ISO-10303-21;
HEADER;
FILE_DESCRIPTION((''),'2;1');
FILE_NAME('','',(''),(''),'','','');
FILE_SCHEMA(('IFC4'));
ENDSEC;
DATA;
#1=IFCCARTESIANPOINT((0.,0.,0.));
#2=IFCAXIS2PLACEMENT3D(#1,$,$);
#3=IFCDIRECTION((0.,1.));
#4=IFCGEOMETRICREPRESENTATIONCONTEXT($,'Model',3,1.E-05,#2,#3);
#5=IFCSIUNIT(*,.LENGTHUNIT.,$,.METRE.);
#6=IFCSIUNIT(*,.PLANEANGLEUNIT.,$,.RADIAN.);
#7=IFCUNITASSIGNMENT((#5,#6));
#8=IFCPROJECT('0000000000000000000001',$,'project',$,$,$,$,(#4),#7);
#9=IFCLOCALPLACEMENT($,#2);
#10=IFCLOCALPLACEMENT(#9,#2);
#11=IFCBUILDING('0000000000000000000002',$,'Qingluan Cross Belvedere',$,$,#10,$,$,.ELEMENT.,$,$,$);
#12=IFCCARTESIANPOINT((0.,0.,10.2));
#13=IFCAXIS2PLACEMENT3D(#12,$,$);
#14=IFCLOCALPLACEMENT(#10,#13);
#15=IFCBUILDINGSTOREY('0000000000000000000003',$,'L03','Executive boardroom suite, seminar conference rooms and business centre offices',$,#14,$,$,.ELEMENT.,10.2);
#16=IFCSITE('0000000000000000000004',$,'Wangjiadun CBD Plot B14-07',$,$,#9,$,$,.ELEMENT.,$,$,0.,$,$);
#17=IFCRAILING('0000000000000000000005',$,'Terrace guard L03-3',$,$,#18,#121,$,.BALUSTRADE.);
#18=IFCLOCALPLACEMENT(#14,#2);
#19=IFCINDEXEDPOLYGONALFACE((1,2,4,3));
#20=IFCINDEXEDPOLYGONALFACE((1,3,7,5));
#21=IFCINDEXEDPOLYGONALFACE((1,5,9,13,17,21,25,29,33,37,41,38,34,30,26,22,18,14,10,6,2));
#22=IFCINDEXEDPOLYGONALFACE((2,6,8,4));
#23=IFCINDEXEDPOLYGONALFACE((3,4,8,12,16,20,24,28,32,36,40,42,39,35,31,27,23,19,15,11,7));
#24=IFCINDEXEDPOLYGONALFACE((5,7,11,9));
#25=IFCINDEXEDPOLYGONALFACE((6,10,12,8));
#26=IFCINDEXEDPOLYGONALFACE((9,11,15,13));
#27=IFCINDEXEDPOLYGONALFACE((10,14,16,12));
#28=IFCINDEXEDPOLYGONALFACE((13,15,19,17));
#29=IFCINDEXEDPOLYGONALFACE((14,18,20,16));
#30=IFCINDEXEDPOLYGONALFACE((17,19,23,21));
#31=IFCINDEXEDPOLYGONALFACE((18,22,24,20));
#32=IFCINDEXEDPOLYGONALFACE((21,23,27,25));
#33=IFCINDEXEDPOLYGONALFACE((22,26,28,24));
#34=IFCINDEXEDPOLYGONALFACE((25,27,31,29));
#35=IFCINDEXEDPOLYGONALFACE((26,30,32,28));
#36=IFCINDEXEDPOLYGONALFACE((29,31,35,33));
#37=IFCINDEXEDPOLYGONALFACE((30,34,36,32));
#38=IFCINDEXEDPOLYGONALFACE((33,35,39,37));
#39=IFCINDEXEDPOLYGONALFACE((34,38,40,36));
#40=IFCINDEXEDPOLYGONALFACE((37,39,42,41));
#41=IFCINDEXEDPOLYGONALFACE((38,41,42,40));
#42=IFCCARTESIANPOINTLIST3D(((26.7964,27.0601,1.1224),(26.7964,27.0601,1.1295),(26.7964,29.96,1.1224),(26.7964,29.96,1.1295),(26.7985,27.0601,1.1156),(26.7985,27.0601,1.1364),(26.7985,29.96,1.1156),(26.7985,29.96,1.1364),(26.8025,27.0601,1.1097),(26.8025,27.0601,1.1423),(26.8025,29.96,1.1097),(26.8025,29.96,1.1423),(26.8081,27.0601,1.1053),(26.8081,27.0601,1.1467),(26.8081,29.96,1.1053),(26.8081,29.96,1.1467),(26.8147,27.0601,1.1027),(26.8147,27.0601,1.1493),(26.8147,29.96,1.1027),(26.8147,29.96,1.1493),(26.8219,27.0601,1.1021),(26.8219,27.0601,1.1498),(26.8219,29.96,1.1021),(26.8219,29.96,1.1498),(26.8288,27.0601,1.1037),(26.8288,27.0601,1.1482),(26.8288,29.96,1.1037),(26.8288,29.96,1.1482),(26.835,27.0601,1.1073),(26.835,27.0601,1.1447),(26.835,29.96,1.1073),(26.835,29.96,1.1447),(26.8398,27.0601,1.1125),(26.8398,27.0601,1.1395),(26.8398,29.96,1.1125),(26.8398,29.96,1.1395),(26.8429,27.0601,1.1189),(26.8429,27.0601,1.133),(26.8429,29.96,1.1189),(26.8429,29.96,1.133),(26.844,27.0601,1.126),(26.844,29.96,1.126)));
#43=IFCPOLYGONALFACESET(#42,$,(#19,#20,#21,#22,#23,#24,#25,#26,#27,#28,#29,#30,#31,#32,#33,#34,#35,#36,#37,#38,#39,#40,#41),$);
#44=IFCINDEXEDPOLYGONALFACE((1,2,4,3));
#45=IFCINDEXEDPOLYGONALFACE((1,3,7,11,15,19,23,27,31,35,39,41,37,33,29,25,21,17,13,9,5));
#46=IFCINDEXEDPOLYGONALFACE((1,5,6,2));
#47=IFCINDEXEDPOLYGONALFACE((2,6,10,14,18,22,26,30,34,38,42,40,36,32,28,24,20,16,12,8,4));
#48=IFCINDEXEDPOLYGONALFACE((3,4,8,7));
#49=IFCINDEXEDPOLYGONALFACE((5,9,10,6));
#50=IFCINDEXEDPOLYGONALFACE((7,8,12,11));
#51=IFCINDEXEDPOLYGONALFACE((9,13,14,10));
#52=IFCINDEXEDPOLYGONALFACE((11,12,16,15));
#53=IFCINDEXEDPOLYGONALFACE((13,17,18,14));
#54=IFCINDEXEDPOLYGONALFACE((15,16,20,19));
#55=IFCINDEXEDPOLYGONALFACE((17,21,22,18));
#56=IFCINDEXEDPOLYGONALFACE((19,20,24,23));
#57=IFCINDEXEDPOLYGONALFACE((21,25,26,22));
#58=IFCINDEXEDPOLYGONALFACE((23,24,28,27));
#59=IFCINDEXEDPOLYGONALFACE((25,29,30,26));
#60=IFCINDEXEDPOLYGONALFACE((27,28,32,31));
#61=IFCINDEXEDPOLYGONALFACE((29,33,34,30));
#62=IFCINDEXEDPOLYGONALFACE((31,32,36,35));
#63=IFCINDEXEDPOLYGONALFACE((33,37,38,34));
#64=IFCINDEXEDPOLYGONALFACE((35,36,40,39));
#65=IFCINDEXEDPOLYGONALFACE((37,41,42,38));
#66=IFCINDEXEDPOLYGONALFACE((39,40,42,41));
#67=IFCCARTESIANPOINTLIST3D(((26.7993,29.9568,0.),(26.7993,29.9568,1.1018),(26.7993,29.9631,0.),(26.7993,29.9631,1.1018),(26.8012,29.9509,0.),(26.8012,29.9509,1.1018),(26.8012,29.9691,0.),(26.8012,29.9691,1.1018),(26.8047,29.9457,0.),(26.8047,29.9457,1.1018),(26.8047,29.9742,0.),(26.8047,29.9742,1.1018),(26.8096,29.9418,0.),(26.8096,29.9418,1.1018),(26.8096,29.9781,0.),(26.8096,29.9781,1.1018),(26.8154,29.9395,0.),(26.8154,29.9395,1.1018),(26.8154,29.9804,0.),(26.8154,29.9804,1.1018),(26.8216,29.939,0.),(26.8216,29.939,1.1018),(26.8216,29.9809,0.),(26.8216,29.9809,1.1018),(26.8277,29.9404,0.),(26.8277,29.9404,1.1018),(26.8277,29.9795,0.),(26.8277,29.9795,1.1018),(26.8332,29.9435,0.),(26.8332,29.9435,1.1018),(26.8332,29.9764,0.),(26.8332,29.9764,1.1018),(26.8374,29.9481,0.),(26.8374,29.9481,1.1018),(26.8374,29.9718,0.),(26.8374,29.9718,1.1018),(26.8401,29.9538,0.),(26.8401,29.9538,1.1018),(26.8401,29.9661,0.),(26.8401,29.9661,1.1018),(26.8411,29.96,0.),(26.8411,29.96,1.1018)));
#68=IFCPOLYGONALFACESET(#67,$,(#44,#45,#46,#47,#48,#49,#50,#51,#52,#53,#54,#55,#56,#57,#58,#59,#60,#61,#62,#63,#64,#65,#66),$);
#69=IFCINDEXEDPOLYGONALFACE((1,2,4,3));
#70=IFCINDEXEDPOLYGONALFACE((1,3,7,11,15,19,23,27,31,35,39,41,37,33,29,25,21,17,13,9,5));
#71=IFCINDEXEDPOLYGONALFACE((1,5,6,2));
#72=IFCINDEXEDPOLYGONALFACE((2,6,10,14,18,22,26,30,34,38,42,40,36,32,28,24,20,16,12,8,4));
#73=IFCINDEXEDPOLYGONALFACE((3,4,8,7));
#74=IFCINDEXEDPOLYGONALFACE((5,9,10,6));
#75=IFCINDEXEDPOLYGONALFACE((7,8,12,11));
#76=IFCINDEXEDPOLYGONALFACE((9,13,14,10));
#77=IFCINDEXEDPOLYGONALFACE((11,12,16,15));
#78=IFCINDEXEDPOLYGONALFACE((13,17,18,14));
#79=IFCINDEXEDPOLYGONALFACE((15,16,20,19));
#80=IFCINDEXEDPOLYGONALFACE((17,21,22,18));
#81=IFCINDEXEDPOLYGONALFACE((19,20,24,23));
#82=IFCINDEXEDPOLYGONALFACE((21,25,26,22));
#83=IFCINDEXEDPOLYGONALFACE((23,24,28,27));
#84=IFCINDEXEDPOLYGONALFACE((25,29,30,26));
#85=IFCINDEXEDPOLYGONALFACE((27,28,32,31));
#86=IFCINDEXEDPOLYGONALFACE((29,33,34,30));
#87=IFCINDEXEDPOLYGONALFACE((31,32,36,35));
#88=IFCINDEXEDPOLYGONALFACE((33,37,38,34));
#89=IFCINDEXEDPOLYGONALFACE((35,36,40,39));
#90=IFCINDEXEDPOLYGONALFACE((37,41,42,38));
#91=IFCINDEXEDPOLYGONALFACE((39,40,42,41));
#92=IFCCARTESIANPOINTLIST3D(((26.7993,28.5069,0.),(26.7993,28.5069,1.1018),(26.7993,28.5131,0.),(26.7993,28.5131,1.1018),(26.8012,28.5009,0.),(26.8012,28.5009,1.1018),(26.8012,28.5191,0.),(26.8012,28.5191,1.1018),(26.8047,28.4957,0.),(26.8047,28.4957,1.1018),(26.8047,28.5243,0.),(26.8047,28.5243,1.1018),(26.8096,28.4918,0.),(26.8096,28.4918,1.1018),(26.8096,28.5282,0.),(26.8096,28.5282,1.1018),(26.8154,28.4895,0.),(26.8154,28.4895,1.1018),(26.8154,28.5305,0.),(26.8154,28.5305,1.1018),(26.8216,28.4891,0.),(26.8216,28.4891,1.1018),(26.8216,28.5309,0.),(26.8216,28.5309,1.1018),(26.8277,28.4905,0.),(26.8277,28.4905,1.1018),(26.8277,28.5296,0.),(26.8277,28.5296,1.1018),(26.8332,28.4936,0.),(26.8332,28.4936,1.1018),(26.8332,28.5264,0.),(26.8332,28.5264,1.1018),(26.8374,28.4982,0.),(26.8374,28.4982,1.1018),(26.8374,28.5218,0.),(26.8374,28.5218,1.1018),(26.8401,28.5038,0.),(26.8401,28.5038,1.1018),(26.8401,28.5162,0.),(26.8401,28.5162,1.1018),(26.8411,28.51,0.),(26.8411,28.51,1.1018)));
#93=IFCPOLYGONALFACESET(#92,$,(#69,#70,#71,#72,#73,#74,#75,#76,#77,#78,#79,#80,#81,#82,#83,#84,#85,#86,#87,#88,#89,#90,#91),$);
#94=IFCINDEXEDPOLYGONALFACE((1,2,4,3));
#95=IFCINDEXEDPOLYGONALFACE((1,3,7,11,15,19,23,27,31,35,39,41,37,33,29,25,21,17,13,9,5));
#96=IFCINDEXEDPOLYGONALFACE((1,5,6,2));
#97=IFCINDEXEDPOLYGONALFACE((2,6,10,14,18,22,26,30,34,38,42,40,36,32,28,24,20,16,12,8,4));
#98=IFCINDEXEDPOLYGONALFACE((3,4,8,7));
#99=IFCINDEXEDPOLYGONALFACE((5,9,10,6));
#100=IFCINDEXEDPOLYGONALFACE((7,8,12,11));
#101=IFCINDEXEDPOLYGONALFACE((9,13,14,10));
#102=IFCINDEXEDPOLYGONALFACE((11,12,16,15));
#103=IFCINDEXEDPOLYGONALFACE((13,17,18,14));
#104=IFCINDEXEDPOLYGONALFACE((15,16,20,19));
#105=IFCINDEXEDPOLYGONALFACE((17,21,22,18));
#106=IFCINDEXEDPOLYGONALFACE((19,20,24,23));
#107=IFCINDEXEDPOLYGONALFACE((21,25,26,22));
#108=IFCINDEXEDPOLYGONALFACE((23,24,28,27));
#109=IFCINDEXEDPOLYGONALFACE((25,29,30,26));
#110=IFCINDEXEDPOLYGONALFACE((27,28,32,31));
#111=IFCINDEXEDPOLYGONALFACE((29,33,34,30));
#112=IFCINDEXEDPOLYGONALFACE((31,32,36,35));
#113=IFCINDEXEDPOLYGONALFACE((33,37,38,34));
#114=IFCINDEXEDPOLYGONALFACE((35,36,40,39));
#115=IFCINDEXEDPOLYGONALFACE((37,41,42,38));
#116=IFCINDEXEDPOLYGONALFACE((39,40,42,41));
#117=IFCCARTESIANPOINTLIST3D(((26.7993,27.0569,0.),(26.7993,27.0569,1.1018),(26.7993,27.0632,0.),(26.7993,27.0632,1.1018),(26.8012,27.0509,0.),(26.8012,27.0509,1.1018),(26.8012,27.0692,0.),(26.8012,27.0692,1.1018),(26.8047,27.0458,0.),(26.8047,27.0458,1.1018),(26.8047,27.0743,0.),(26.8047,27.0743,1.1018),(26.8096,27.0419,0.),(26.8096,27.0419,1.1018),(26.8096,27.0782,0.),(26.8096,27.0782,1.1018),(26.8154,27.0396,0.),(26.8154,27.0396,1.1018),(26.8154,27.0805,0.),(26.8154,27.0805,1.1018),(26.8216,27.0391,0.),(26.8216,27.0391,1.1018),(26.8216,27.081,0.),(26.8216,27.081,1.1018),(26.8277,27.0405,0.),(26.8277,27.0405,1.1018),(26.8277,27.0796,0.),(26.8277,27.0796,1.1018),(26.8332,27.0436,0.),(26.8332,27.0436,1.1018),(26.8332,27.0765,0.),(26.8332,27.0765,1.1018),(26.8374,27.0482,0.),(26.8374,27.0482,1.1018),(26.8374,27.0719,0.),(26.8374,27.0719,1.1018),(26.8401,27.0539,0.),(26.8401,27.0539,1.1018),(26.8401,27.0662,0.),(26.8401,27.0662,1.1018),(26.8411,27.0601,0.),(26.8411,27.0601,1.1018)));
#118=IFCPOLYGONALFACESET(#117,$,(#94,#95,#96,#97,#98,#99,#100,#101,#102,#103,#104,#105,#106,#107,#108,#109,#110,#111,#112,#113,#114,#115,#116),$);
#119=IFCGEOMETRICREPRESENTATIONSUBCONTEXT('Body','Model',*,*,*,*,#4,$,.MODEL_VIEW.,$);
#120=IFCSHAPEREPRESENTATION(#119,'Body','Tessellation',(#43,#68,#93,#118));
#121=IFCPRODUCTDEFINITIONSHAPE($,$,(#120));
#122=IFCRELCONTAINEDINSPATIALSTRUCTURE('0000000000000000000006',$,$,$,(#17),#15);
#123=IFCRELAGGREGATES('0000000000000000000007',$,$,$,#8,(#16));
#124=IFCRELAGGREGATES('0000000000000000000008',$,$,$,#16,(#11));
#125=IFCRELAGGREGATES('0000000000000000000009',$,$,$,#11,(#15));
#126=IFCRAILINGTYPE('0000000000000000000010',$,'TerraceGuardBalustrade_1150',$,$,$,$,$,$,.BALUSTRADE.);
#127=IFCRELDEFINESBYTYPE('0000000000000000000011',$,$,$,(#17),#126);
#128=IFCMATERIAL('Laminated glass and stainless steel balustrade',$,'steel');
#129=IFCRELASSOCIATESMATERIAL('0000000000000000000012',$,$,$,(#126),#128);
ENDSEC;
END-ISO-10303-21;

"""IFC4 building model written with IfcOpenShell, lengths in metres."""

from ifc_helpers import new_model, si_unit, direction, frame, origin, origin_2d, place, context, subcontext, project, spatial, circle, extrude, material, type_object, element, save


model = new_model("IFC4")

# Units and contexts
model_context = context("Model", 3, precision=1e-05, world=origin(), true_north=direction((0.0, 1.0)))
body_context = subcontext(model_context, "Body", "Model", "MODEL_VIEW")
ifc_project = project(units=[si_unit("LENGTHUNIT", "METRE"), si_unit("PLANEANGLEUNIT", "RADIAN")], contexts=[model_context])

# Site, building, storey
site_placement = place(None, origin())
site = spatial("IfcSite", under=ifc_project, at=site_placement, Name="Wangjiadun CBD Plot B14-07", CompositionType="ELEMENT", RefElevation=0.0)
building_placement = place(site_placement, origin())
building = spatial("IfcBuilding", under=site, at=building_placement, Name="Qingluan Cross Belvedere", CompositionType="ELEMENT")
storey_placement = place(building_placement, frame((0.0, 0.0, 10.2)))
storey = spatial("IfcBuildingStorey", under=building, at=storey_placement, Name="L03", Description="Executive boardroom suite, seminar conference rooms and business centre offices", CompositionType="ELEMENT", Elevation=10.2)

# Railing
ifc_material_1 = material(Name="Laminated glass and stainless steel balustrade", Category="steel")
railing_type = type_object("IfcRailingType", Name="TerraceGuardBalustrade_1150", PredefinedType="BALUSTRADE", material=ifc_material_1)
railing_1_placement = place(storey_placement, frame((26.8201, 29.96, 0.0)))
element("IfcRailing", 1, at=railing_1_placement, inside=storey, type_object=railing_type, Name="Terrace guard L03-3", PredefinedType="BALUSTRADE", context=body_context, shape_type="SweptSolid", body=[
    extrude(circle(Radius=0.0239, at=origin_2d()), frame((0.0, 0.0, 1.126), z_axis=(0.0, -1.0, 0.0), x_axis=(1.0, 0.0, 0.0)), (0.0, 0.0, 1.0), 2.8999),
    extrude(circle(Radius=0.021, at=origin_2d()), origin(), (0.0, 0.0, 1.0), 1.1018),
    extrude(circle(Radius=0.021, at=origin_2d()), frame((0.0, -1.45, 0.0)), (0.0, 0.0, 1.0), 1.1018),
    extrude(circle(Radius=0.021, at=origin_2d()), frame((0.0, -2.8999, 0.0)), (0.0, 0.0, 1.0), 1.1018),
])

save(model, "model.ifc")
